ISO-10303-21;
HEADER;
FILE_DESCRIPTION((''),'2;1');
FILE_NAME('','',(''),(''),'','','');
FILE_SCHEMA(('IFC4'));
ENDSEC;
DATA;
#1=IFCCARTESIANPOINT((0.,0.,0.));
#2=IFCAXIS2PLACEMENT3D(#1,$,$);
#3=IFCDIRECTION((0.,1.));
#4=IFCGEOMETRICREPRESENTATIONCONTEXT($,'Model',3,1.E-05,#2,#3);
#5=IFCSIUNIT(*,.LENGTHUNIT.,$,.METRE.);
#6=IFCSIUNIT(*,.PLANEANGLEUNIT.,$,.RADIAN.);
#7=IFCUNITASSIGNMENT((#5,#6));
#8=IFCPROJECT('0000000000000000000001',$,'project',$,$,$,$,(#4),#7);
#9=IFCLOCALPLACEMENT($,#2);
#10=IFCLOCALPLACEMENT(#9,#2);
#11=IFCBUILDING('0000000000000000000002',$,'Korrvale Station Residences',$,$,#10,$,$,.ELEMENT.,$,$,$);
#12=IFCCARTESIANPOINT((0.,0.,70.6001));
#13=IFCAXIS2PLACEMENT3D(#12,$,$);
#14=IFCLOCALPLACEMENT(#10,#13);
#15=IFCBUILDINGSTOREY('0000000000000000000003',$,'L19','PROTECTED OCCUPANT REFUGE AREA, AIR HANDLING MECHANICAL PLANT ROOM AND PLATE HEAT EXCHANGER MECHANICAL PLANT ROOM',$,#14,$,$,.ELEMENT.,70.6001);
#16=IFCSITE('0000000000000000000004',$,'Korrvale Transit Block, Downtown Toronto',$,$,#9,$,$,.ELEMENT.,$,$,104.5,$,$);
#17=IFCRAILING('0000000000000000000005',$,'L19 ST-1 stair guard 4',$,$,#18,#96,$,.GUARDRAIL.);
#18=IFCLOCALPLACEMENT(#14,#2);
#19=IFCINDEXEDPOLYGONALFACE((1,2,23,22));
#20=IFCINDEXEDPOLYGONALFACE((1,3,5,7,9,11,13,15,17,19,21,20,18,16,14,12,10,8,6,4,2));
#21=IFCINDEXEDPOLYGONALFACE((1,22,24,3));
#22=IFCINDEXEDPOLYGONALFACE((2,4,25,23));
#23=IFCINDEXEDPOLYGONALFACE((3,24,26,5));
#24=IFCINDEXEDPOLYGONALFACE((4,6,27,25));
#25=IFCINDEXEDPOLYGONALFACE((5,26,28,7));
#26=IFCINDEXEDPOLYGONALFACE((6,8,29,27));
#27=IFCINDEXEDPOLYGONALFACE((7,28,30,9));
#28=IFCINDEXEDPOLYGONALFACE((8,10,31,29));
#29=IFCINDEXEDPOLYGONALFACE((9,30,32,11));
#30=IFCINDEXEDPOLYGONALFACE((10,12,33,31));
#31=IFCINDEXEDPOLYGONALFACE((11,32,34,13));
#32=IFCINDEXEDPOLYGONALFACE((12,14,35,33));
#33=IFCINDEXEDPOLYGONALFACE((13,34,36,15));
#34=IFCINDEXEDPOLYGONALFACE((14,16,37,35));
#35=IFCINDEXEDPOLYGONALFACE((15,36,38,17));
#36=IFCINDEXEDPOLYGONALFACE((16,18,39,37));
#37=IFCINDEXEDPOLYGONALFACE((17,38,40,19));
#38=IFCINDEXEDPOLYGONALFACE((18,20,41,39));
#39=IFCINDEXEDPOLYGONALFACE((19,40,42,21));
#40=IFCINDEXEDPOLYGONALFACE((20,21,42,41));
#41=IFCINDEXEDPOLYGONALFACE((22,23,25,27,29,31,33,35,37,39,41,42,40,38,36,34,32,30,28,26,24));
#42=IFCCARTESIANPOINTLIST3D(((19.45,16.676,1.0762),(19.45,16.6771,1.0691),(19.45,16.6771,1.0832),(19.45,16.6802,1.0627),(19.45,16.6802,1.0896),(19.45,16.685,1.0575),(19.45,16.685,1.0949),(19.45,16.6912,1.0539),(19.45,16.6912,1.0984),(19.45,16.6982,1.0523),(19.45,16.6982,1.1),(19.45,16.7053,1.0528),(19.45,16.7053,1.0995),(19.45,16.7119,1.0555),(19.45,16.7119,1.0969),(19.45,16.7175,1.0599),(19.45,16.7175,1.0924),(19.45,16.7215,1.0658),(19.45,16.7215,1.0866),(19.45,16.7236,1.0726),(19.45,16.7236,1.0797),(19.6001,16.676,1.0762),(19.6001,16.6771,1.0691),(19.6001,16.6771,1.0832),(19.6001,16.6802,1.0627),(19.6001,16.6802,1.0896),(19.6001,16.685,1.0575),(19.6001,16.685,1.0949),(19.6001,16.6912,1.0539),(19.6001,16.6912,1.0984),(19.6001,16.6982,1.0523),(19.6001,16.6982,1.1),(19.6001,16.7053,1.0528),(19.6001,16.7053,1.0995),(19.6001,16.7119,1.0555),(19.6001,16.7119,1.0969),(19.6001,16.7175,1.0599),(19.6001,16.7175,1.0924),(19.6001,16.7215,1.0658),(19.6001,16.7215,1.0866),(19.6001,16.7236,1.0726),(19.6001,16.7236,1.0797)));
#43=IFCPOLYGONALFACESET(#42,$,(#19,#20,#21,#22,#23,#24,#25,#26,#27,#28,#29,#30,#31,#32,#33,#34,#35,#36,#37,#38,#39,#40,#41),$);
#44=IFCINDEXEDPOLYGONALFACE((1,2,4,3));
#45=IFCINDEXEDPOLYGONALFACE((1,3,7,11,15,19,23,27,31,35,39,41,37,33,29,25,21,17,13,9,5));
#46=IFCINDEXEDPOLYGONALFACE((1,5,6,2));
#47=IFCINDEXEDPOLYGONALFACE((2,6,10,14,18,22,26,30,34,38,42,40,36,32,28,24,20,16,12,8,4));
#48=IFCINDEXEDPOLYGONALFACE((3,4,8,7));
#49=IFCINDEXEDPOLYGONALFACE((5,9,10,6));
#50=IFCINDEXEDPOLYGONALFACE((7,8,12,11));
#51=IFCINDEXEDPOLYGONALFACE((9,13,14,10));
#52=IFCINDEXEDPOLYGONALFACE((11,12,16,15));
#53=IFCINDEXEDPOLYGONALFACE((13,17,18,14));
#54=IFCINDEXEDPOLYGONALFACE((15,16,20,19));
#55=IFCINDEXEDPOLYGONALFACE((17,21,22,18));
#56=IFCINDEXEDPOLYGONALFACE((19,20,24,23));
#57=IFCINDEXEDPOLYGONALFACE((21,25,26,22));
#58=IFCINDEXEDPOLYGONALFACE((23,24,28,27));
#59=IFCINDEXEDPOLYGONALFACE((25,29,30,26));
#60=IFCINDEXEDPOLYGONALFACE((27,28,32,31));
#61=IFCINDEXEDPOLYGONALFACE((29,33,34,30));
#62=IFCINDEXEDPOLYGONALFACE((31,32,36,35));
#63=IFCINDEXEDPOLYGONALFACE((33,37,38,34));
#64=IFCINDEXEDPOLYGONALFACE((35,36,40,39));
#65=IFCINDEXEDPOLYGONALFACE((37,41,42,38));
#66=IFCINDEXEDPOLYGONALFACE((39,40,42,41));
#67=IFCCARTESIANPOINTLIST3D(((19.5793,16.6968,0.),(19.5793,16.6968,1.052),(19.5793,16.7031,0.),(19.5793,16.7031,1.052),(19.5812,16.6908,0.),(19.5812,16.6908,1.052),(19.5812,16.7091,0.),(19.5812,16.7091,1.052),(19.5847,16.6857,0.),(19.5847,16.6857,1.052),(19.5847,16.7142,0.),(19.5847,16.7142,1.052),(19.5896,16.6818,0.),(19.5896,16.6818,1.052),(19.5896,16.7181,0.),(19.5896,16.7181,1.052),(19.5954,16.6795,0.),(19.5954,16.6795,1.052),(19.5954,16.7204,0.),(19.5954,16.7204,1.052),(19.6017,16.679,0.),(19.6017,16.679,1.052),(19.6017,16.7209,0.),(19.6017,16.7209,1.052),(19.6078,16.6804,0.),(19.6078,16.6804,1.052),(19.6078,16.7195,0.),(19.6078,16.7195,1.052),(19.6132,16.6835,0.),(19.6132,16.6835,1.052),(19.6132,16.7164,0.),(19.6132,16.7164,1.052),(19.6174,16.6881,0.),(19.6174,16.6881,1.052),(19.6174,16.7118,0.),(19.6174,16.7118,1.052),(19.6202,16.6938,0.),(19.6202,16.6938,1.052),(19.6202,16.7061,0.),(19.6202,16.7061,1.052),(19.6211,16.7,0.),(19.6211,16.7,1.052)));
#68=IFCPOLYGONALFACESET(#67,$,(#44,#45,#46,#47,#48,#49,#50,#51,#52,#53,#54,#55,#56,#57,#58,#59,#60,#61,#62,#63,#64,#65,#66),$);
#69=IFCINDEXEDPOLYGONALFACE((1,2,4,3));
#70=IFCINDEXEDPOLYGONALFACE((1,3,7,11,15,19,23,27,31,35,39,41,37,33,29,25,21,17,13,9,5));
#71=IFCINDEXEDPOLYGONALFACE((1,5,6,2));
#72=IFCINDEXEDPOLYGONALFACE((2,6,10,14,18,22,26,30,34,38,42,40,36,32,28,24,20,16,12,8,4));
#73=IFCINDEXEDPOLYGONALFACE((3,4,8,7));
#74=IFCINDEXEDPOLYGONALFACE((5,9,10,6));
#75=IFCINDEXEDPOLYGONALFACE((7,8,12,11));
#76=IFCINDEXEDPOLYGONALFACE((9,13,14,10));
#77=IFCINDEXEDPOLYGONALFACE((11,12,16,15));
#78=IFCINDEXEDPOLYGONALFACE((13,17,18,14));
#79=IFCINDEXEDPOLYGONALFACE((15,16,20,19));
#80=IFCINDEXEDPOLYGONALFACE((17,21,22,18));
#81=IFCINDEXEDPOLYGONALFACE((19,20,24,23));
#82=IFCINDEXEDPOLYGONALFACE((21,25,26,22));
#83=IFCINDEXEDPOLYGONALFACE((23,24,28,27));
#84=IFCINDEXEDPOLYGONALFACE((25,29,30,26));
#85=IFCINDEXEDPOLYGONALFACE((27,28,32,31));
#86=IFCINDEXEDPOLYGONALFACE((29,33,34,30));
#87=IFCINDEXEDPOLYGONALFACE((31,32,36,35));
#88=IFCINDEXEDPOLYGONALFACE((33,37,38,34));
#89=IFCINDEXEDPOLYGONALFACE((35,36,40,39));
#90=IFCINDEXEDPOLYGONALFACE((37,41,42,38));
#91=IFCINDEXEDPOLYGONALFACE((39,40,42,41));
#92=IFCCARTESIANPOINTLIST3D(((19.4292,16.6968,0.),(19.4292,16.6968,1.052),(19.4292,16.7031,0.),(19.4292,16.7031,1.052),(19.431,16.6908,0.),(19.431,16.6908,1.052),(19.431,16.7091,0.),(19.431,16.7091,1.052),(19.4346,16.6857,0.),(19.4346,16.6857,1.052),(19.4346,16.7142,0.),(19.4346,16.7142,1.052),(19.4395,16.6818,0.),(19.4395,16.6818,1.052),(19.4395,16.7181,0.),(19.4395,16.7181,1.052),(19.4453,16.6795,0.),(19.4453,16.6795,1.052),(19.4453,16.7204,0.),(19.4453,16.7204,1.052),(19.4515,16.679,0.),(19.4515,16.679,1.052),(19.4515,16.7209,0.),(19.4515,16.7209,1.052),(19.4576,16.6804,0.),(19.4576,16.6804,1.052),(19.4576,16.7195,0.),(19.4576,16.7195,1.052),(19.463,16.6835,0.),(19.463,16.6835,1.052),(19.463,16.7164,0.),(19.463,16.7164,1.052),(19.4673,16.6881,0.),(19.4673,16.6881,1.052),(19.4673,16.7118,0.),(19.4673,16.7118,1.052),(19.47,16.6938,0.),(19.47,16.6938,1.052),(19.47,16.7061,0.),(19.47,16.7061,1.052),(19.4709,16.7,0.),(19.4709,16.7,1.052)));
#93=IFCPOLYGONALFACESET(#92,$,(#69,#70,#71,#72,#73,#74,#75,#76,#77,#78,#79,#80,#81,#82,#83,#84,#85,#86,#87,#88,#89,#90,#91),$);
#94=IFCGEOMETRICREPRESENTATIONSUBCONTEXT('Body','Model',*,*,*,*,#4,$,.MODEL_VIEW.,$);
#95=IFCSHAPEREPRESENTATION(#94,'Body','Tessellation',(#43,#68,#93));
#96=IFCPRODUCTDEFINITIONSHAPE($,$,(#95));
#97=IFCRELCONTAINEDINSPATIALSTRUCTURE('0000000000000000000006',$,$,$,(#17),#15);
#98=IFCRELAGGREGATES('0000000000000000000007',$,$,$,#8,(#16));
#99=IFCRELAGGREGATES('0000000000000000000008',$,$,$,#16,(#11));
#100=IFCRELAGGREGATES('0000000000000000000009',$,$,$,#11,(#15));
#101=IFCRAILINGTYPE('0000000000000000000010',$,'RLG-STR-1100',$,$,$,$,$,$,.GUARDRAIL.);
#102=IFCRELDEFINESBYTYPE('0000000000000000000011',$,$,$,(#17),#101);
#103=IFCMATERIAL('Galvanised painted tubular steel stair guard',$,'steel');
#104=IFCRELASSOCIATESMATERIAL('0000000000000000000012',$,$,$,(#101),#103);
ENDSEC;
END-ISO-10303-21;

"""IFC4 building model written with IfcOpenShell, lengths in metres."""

from ifc_helpers import new_model, si_unit, direction, frame, origin, origin_2d, place, context, subcontext, project, spatial, circle, extrude, material, type_object, element, save


model = new_model("IFC4")

# Units and contexts
model_context = context("Model", 3, precision=1e-05, world=origin(), true_north=direction((0.0, 1.0)))
body_context = subcontext(model_context, "Body", "Model", "MODEL_VIEW")
ifc_project = project(units=[si_unit("LENGTHUNIT", "METRE"), si_unit("PLANEANGLEUNIT", "RADIAN")], contexts=[model_context])

# Site, building, storey
site_placement = place(None, origin())
site = spatial("IfcSite", under=ifc_project, at=site_placement, Name="Korrvale Transit Block, Downtown Toronto", CompositionType="ELEMENT", RefElevation=104.5)
building_placement = place(site_placement, origin())
building = spatial("IfcBuilding", under=site, at=building_placement, Name="Korrvale Station Residences", CompositionType="ELEMENT")
storey_placement = place(building_placement, frame((0.0, 0.0, 70.6001)))
storey = spatial("IfcBuildingStorey", under=building, at=storey_placement, Name="L19", Description="PROTECTED OCCUPANT REFUGE AREA, AIR HANDLING MECHANICAL PLANT ROOM AND PLATE HEAT EXCHANGER MECHANICAL PLANT ROOM", CompositionType="ELEMENT", Elevation=70.6001)

# Railing
ifc_material_1 = material(Name="Galvanised painted tubular steel stair guard", Category="steel")
railing_type_1 = type_object("IfcRailingType", Name="RLG-STR-1100", PredefinedType="GUARDRAIL", material=ifc_material_1)
railing_1_placement = place(storey_placement, frame((19.6001, 16.7, 0.0)))
element("IfcRailing", 1, at=railing_1_placement, inside=storey, type_object=railing_type_1, Name="L19 ST-1 stair guard 4", PredefinedType="GUARDRAIL", context=body_context, shape_type="SweptSolid", body=[
    extrude(circle(Radius=0.0239, at=origin_2d()), frame((0.0, 0.0, 1.0762), z_axis=(-1.0, 0.0, 0.0), x_axis=(0.0, -1.0, 0.0)), (0.0, 0.0, 1.0), 0.1501),
    extrude(circle(Radius=0.021, at=origin_2d()), origin(), (0.0, 0.0, 1.0), 1.052),
    extrude(circle(Radius=0.021, at=origin_2d()), frame((-0.1501, 0.0, 0.0)), (0.0, 0.0, 1.0), 1.052),
])

save(model, "model.ifc")
